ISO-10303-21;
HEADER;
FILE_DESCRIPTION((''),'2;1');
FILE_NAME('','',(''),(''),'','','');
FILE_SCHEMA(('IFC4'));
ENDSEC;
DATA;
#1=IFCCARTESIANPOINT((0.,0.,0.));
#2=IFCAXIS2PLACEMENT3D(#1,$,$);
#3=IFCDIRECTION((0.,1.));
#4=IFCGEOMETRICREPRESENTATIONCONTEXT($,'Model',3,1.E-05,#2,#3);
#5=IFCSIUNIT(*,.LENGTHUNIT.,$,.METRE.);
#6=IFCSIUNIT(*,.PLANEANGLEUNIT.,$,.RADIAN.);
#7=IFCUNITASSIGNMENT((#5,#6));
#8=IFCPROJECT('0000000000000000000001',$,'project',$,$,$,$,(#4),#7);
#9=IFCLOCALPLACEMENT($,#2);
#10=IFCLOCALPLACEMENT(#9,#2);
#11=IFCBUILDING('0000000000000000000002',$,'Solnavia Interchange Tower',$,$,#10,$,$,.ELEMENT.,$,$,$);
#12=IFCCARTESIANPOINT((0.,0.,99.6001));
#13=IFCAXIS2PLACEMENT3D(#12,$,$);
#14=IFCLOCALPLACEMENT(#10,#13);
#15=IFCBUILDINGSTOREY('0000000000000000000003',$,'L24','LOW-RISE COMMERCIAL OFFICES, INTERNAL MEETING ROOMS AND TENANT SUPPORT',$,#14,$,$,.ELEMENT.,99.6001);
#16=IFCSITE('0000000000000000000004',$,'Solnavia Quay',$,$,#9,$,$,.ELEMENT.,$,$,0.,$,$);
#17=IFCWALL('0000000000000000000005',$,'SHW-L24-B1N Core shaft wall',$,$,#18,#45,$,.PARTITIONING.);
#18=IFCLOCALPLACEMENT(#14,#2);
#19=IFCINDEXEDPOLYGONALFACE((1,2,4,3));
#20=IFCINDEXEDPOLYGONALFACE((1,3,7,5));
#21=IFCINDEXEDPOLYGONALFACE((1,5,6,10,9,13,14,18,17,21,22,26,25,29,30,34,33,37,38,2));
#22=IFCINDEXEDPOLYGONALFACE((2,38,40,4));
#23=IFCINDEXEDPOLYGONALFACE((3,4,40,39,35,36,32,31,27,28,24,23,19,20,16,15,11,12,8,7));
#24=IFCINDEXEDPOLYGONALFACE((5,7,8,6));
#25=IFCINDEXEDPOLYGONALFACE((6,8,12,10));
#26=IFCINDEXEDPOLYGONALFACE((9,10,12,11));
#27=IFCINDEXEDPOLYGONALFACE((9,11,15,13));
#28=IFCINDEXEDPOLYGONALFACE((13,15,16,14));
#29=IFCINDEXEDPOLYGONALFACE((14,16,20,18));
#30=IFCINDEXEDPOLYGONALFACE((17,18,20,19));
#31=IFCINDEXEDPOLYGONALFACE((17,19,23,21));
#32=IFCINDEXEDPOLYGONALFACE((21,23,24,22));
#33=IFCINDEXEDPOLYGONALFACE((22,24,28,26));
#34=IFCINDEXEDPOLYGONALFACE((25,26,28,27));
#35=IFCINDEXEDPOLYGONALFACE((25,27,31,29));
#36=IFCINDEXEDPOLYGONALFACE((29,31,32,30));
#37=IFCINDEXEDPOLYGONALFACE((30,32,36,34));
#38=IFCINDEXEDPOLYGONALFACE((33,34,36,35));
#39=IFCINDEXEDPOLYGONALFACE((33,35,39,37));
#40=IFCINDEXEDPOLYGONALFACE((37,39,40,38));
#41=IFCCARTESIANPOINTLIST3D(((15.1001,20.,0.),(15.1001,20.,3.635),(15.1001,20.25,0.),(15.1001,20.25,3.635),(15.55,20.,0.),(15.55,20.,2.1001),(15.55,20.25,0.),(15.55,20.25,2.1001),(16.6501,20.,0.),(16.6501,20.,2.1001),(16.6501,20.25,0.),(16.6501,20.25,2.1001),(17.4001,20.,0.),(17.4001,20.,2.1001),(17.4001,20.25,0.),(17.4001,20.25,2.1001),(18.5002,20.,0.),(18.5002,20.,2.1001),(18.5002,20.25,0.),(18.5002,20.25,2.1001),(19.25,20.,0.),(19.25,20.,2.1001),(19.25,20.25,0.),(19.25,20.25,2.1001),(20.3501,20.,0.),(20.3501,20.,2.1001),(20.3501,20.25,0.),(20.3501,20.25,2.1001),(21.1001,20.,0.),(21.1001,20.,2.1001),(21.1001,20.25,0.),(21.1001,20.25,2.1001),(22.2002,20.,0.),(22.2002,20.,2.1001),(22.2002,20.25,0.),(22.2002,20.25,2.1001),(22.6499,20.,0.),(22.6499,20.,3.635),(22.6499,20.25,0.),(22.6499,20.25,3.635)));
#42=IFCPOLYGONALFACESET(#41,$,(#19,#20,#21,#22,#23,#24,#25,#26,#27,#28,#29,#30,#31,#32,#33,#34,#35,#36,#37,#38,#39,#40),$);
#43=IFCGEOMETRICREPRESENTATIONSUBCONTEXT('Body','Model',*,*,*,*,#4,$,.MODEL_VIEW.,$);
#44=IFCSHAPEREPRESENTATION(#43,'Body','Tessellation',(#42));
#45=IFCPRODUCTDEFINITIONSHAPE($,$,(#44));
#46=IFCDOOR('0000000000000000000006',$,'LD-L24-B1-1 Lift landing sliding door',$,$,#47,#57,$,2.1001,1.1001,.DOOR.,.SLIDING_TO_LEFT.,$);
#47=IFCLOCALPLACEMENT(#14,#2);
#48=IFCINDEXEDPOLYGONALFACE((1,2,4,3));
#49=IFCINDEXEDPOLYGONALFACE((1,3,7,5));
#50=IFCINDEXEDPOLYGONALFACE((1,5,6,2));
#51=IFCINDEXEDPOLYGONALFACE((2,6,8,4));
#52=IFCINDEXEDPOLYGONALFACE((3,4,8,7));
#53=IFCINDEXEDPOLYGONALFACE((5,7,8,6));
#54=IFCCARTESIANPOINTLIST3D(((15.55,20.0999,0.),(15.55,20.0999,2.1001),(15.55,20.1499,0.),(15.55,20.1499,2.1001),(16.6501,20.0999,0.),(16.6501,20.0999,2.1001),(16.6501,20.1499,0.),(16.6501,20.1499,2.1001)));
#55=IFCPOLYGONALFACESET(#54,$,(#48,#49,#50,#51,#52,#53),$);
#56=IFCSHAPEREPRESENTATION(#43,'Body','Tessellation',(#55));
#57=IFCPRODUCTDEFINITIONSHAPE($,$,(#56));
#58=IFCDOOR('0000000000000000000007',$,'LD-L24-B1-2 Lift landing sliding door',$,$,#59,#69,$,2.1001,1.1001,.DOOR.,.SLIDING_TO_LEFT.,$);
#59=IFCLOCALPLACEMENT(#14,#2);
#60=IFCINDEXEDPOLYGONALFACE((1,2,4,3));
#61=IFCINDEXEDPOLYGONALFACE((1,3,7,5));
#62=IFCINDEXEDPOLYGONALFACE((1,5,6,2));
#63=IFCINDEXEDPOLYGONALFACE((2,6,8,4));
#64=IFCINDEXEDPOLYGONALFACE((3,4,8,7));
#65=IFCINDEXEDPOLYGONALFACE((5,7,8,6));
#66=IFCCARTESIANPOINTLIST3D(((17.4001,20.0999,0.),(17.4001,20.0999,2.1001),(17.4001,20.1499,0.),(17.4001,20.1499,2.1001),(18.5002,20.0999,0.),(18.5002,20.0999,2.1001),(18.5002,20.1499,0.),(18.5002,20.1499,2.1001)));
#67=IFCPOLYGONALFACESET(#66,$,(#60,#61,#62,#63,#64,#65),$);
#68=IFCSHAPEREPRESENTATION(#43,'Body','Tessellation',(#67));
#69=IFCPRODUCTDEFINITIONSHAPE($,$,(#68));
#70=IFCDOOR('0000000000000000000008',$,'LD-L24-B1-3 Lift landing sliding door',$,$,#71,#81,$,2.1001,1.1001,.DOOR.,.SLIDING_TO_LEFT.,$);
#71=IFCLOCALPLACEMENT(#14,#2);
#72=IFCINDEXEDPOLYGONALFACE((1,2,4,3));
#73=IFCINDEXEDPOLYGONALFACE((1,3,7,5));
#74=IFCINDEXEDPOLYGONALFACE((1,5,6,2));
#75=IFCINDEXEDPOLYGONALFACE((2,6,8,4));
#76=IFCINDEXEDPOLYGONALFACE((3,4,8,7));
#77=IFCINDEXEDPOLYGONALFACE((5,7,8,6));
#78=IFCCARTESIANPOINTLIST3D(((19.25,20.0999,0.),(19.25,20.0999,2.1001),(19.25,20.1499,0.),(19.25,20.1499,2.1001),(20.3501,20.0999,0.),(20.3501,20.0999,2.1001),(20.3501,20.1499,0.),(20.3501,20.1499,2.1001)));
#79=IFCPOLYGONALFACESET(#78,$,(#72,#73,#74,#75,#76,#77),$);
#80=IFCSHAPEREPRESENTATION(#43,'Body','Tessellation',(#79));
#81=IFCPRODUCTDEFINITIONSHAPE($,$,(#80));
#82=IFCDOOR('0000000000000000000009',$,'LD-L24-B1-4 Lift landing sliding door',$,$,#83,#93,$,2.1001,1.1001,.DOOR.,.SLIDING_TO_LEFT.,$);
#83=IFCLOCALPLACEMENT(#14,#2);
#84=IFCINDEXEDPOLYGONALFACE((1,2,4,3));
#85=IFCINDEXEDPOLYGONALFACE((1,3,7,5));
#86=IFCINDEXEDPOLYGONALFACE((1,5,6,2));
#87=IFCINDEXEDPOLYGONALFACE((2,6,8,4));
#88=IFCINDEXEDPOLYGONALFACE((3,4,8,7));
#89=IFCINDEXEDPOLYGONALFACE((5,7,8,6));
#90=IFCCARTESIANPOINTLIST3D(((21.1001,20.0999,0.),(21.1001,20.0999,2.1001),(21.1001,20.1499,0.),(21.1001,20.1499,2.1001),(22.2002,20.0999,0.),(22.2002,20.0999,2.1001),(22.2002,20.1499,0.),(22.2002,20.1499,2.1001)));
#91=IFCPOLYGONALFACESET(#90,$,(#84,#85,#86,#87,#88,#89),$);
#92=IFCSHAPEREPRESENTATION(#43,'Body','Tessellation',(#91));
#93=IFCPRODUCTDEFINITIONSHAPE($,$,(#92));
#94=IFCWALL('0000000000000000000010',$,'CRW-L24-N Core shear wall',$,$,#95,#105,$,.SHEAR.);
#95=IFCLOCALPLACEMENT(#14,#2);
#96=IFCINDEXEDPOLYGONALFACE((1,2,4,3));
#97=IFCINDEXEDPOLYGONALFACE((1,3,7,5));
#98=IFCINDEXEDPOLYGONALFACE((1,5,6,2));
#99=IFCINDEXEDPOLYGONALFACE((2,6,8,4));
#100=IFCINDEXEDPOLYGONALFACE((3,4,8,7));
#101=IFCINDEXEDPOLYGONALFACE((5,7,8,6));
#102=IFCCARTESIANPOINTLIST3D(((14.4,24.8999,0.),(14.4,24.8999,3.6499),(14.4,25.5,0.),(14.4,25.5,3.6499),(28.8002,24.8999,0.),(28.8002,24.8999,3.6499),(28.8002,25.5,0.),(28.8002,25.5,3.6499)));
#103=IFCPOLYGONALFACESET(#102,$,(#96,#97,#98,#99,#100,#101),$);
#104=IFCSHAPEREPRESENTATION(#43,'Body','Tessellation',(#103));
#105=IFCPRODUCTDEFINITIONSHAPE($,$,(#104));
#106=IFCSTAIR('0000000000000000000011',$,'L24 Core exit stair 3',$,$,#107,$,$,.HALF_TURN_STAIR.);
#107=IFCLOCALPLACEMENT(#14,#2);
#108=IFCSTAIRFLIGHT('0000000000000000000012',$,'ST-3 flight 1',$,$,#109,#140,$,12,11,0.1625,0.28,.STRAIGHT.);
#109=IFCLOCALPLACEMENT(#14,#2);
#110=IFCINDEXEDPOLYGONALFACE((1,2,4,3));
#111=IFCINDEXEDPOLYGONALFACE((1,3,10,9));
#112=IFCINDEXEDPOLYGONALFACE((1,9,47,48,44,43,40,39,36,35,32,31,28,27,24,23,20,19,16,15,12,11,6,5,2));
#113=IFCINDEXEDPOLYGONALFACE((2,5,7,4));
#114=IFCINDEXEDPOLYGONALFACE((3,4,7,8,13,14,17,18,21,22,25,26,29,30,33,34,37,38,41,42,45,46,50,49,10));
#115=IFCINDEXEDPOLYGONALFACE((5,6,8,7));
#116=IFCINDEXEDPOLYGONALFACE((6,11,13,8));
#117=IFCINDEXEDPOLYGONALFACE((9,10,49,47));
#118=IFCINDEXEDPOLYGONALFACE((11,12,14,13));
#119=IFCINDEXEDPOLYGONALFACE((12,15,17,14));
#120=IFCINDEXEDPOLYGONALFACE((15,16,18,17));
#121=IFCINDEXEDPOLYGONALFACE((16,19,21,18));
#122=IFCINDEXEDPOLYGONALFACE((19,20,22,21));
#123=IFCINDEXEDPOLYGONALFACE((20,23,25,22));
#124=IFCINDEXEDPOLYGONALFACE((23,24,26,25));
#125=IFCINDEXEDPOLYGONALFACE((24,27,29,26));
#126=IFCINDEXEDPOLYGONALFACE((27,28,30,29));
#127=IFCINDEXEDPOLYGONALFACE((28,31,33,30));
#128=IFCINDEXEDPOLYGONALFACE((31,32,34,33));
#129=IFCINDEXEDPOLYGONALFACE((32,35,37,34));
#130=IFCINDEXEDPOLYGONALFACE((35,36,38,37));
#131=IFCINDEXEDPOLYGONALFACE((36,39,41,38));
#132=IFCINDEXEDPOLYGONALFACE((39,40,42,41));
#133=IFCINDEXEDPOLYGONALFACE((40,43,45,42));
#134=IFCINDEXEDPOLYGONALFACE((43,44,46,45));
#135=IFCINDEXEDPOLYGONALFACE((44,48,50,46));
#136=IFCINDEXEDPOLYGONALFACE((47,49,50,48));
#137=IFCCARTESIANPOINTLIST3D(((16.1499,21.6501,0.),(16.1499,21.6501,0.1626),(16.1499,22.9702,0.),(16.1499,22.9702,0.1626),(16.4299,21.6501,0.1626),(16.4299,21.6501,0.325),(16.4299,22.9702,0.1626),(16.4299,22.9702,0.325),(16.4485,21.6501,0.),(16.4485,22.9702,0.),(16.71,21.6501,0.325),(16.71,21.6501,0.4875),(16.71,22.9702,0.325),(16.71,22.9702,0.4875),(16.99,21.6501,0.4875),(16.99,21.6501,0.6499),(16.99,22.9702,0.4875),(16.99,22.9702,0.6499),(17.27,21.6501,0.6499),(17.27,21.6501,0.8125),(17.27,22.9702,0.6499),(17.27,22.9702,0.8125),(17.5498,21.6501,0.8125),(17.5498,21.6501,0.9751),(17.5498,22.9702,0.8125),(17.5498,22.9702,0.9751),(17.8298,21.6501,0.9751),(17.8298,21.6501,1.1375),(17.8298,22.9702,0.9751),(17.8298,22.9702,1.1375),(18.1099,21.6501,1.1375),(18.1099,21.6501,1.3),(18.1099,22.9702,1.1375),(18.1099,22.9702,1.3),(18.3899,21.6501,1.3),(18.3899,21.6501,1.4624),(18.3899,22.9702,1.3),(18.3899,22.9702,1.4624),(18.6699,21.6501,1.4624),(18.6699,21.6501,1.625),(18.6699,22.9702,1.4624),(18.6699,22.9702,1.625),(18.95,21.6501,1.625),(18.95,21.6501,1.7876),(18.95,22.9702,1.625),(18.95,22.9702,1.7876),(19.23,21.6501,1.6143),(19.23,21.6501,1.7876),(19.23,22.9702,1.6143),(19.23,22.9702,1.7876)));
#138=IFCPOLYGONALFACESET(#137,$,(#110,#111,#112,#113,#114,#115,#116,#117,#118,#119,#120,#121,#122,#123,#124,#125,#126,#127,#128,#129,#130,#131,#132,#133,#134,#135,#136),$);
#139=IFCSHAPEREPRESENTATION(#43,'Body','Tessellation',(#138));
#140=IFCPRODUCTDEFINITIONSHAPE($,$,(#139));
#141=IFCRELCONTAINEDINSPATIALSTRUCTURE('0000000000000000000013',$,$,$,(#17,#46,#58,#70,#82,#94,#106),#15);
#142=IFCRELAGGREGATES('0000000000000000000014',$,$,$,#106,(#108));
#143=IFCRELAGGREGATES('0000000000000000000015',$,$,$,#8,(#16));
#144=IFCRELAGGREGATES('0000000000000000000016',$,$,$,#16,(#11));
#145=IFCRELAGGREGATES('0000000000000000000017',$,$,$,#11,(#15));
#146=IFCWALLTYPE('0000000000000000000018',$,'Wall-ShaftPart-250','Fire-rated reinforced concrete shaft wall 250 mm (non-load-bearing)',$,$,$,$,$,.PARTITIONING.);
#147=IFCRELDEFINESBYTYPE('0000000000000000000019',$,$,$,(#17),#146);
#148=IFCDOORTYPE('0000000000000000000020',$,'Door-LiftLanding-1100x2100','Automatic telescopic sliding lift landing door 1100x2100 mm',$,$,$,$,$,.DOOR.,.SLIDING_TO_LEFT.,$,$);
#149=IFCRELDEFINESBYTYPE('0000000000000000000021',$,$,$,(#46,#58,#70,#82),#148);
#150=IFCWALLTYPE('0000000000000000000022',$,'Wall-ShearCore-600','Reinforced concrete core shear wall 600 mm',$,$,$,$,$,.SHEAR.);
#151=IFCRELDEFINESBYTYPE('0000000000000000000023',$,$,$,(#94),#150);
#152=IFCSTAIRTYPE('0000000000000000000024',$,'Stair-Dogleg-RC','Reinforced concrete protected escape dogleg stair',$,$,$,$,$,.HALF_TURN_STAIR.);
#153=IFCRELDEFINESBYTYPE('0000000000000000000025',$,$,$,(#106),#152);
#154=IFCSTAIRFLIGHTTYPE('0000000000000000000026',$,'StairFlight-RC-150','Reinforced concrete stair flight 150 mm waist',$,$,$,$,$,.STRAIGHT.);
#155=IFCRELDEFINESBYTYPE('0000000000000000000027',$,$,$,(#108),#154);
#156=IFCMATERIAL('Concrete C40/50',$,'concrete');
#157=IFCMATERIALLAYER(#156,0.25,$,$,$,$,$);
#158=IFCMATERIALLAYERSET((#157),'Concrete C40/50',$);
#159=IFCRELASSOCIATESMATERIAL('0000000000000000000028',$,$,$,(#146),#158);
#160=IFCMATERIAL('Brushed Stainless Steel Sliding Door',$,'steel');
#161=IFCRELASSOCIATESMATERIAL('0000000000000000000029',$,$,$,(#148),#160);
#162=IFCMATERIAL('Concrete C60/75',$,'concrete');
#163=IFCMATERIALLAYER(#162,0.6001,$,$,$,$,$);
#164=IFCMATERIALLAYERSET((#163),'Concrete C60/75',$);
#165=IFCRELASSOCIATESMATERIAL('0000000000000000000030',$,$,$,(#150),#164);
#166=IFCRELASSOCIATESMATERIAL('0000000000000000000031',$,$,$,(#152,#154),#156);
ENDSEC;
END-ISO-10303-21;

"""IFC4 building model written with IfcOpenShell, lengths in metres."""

from ifc_helpers import new_model, si_unit, direction, frame, frame_2d, origin, place, context, subcontext, project, spatial, polyline, rectangle, outline, extrude, material, layer, layer_set, type_object, element, fill, aggregate, save


model = new_model("IFC4")

# Units and contexts
model_context = context("Model", 3, precision=1e-05, world=origin(), true_north=direction((0.0, 1.0)))
body_context = subcontext(model_context, "Body", "Model", "MODEL_VIEW")
ifc_project = project(units=[si_unit("LENGTHUNIT", "METRE"), si_unit("PLANEANGLEUNIT", "RADIAN")], contexts=[model_context])

# Site, building, storey
site_placement = place(None, origin())
site = spatial("IfcSite", under=ifc_project, at=site_placement, Name="Solnavia Quay", CompositionType="ELEMENT", RefElevation=0.0)
building_placement = place(site_placement, origin())
building = spatial("IfcBuilding", under=site, at=building_placement, Name="Solnavia Interchange Tower", CompositionType="ELEMENT")
storey_placement = place(building_placement, frame((0.0, 0.0, 99.6001)))
storey = spatial("IfcBuildingStorey", under=building, at=storey_placement, Name="L24", Description="LOW-RISE COMMERCIAL OFFICES, INTERNAL MEETING ROOMS AND TENANT SUPPORT", CompositionType="ELEMENT", Elevation=99.6001)

# Shared definitions
ifc_material_1 = material(Name="Concrete C40/50", Category="concrete")

# Wall, openings, doors
ifc_layer_1 = layer(ifc_material_1, 0.25)
ifc_layer_set_1 = layer_set([ifc_layer_1], Name="Concrete C40/50")
wall_type_1 = type_object("IfcWallType", Name="Wall-ShaftPart-250", Description="Fire-rated reinforced concrete shaft wall 250 mm (non-load-bearing)", PredefinedType="PARTITIONING", material=ifc_layer_set_1)
wall_1_placement = place(storey_placement, frame((15.1001, 20.125, 0.0), z_axis=(0.0, 0.0, 1.0), x_axis=(1.0, 0.0, 0.0)))
wall_1 = element("IfcWall", 1, at=wall_1_placement, inside=storey, type_object=wall_type_1, Name="SHW-L24-B1N Core shaft wall", PredefinedType="PARTITIONING", context=body_context, shape_type="SweptSolid", body=[
    extrude(rectangle(XDim=7.5498, YDim=0.25, at=frame_2d((3.7749, 0.0))), origin(), (0.0, 0.0, 1.0), 3.635),
])
opening_1_placement = place(wall_1_placement, frame((0.45, 0.0, 0.0)))
opening_1 = element("IfcOpeningElement", 2, at=opening_1_placement, cuts=wall_1, PredefinedType="OPENING", context=body_context, shape_type="SweptSolid", body=[
    extrude(rectangle(XDim=1.1001, YDim=2.1001, at=frame_2d((0.55, 1.05))), frame((0.0, 0.135, 0.0), z_axis=(0.0, -1.0, 0.0), x_axis=(1.0, 0.0, 0.0)), (0.0, 0.0, 1.0), 0.27),
])
opening_2_placement = place(wall_1_placement, frame((2.3, 0.0, 0.0)))
opening_2 = element("IfcOpeningElement", 3, at=opening_2_placement, cuts=wall_1, PredefinedType="OPENING", context=body_context, shape_type="SweptSolid", body=[
    extrude(rectangle(XDim=1.1001, YDim=2.1001, at=frame_2d((0.55, 1.05))), frame((0.0, 0.135, 0.0), z_axis=(0.0, -1.0, 0.0), x_axis=(1.0, 0.0, 0.0)), (0.0, 0.0, 1.0), 0.27),
])
opening_3_placement = place(wall_1_placement, frame((4.1499, 0.0, 0.0)))
opening_3 = element("IfcOpeningElement", 4, at=opening_3_placement, cuts=wall_1, PredefinedType="OPENING", context=body_context, shape_type="SweptSolid", body=[
    extrude(rectangle(XDim=1.1001, YDim=2.1001, at=frame_2d((0.55, 1.05))), frame((0.0, 0.135, 0.0), z_axis=(0.0, -1.0, 0.0), x_axis=(1.0, 0.0, 0.0)), (0.0, 0.0, 1.0), 0.27),
])
opening_4_placement = place(wall_1_placement, frame((6.0, 0.0, 0.0)))
opening_4 = element("IfcOpeningElement", 5, at=opening_4_placement, cuts=wall_1, PredefinedType="OPENING", context=body_context, shape_type="SweptSolid", body=[
    extrude(rectangle(XDim=1.1001, YDim=2.1001, at=frame_2d((0.55, 1.05))), frame((0.0, 0.135, 0.0), z_axis=(0.0, -1.0, 0.0), x_axis=(1.0, 0.0, 0.0)), (0.0, 0.0, 1.0), 0.27),
])
ifc_material_2 = material(Name="Brushed Stainless Steel Sliding Door", Category="steel")
door_type_1 = type_object("IfcDoorType", Name="Door-LiftLanding-1100x2100", Description="Automatic telescopic sliding lift landing door 1100x2100 mm", OperationType="SLIDING_TO_LEFT", PredefinedType="DOOR", material=ifc_material_2)
door_1_placement = place(opening_1_placement, origin())
door_1 = element("IfcDoor", 6, at=door_1_placement, inside=storey, type_object=door_type_1, Name="LD-L24-B1-1 Lift landing sliding door", OperationType="SLIDING_TO_LEFT", OverallHeight=2.1001, OverallWidth=1.1001, PredefinedType="DOOR", context=body_context, shape_type="SweptSolid", body=[
    extrude(rectangle(XDim=1.1001, YDim=2.1001, at=frame_2d((0.55, 1.05))), frame((0.0, 0.0249, 0.0), z_axis=(0.0, -1.0, 0.0), x_axis=(1.0, 0.0, 0.0)), (0.0, 0.0, 1.0), 0.05),
])
fill(opening_1, door_1)
door_2_placement = place(opening_2_placement, origin())
door_2 = element("IfcDoor", 7, at=door_2_placement, inside=storey, type_object=door_type_1, Name="LD-L24-B1-2 Lift landing sliding door", OperationType="SLIDING_TO_LEFT", OverallHeight=2.1001, OverallWidth=1.1001, PredefinedType="DOOR", context=body_context, shape_type="SweptSolid", body=[
    extrude(rectangle(XDim=1.1001, YDim=2.1001, at=frame_2d((0.55, 1.05))), frame((0.0, 0.0249, 0.0), z_axis=(0.0, -1.0, 0.0), x_axis=(1.0, 0.0, 0.0)), (0.0, 0.0, 1.0), 0.05),
])
fill(opening_2, door_2)
door_3_placement = place(opening_3_placement, origin())
door_3 = element("IfcDoor", 8, at=door_3_placement, inside=storey, type_object=door_type_1, Name="LD-L24-B1-3 Lift landing sliding door", OperationType="SLIDING_TO_LEFT", OverallHeight=2.1001, OverallWidth=1.1001, PredefinedType="DOOR", context=body_context, shape_type="SweptSolid", body=[
    extrude(rectangle(XDim=1.1001, YDim=2.1001, at=frame_2d((0.55, 1.05))), frame((0.0, 0.0249, 0.0), z_axis=(0.0, -1.0, 0.0), x_axis=(1.0, 0.0, 0.0)), (0.0, 0.0, 1.0), 0.05),
])
fill(opening_3, door_3)
door_4_placement = place(opening_4_placement, origin())
door_4 = element("IfcDoor", 9, at=door_4_placement, inside=storey, type_object=door_type_1, Name="LD-L24-B1-4 Lift landing sliding door", OperationType="SLIDING_TO_LEFT", OverallHeight=2.1001, OverallWidth=1.1001, PredefinedType="DOOR", context=body_context, shape_type="SweptSolid", body=[
    extrude(rectangle(XDim=1.1001, YDim=2.1001, at=frame_2d((0.55, 1.05))), frame((0.0, 0.0249, 0.0), z_axis=(0.0, -1.0, 0.0), x_axis=(1.0, 0.0, 0.0)), (0.0, 0.0, 1.0), 0.05),
])
fill(opening_4, door_4)

# Wall
ifc_material_3 = material(Name="Concrete C60/75", Category="concrete")
ifc_layer_2 = layer(ifc_material_3, 0.6001)
ifc_layer_set_2 = layer_set([ifc_layer_2], Name="Concrete C60/75")
wall_type_2 = type_object("IfcWallType", Name="Wall-ShearCore-600", Description="Reinforced concrete core shear wall 600 mm", PredefinedType="SHEAR", material=ifc_layer_set_2)
wall_2_placement = place(storey_placement, frame((14.3999, 25.2, 0.0), z_axis=(0.0, 0.0, 1.0), x_axis=(1.0, 0.0, 0.0)))
element("IfcWall", 10, at=wall_2_placement, inside=storey, type_object=wall_type_2, Name="CRW-L24-N Core shear wall", PredefinedType="SHEAR", context=body_context, shape_type="SweptSolid", body=[
    extrude(rectangle(XDim=14.4001, YDim=0.6001, at=frame_2d((7.2002, 0.0))), origin(), (0.0, 0.0, 1.0), 3.6499),
])

# Stair, stair flight
stair_type = type_object("IfcStairType", Name="Stair-Dogleg-RC", Description="Reinforced concrete protected escape dogleg stair", PredefinedType="HALF_TURN_STAIR", material=ifc_material_1)
stair_placement = place(storey_placement, origin())
stair = element("IfcStair", 11, at=stair_placement, inside=storey, type_object=stair_type, Name="L24 Core exit stair 3", PredefinedType="HALF_TURN_STAIR")
stair_flight_type = type_object("IfcStairFlightType", Name="StairFlight-RC-150", Description="Reinforced concrete stair flight 150 mm waist", PredefinedType="STRAIGHT", material=ifc_material_1)
stair_flight_1_placement = place(storey_placement, frame((16.1499, 22.3101, 0.0), z_axis=(0.0, 0.0, 1.0), x_axis=(1.0, 0.0, 0.0)))
stair_flight_1 = element("IfcStairFlight", 12, at=stair_flight_1_placement, type_object=stair_flight_type, Name="ST-3 flight 1", NumberOfRisers=12, NumberOfTreads=11, PredefinedType="STRAIGHT", RiserHeight=0.1625, TreadLength=0.28, context=body_context, shape_type="SweptSolid", body=[
    extrude(outline(polyline([(0.0, 0.0), (0.0, 0.1626), (0.28, 0.1626), (0.28, 0.325), (0.5601, 0.325), (0.5601, 0.4875), (0.8401, 0.4875), (0.8401, 0.6499), (1.1201, 0.6499), (1.1201, 0.8125), (1.3999, 0.8125), (1.3999, 0.9751), (1.6799, 0.9751), (1.6799, 1.1375), (1.96, 1.1375), (1.96, 1.3), (2.24, 1.3), (2.24, 1.4624), (2.52, 1.4624), (2.52, 1.625), (2.8, 1.625), (2.8, 1.7876), (3.0801, 1.7876), (3.0801, 1.95), (3.0801, 1.6143), (0.2986, 0.0), (0.0, 0.0)])), frame((0.0, 0.6602, 0.0), z_axis=(0.0, -1.0, 0.0), x_axis=(1.0, 0.0, 0.0)), (0.0, 0.0, 1.0), 1.3201),
])
aggregate(stair, [stair_flight_1])

save(model, "model.ifc")
